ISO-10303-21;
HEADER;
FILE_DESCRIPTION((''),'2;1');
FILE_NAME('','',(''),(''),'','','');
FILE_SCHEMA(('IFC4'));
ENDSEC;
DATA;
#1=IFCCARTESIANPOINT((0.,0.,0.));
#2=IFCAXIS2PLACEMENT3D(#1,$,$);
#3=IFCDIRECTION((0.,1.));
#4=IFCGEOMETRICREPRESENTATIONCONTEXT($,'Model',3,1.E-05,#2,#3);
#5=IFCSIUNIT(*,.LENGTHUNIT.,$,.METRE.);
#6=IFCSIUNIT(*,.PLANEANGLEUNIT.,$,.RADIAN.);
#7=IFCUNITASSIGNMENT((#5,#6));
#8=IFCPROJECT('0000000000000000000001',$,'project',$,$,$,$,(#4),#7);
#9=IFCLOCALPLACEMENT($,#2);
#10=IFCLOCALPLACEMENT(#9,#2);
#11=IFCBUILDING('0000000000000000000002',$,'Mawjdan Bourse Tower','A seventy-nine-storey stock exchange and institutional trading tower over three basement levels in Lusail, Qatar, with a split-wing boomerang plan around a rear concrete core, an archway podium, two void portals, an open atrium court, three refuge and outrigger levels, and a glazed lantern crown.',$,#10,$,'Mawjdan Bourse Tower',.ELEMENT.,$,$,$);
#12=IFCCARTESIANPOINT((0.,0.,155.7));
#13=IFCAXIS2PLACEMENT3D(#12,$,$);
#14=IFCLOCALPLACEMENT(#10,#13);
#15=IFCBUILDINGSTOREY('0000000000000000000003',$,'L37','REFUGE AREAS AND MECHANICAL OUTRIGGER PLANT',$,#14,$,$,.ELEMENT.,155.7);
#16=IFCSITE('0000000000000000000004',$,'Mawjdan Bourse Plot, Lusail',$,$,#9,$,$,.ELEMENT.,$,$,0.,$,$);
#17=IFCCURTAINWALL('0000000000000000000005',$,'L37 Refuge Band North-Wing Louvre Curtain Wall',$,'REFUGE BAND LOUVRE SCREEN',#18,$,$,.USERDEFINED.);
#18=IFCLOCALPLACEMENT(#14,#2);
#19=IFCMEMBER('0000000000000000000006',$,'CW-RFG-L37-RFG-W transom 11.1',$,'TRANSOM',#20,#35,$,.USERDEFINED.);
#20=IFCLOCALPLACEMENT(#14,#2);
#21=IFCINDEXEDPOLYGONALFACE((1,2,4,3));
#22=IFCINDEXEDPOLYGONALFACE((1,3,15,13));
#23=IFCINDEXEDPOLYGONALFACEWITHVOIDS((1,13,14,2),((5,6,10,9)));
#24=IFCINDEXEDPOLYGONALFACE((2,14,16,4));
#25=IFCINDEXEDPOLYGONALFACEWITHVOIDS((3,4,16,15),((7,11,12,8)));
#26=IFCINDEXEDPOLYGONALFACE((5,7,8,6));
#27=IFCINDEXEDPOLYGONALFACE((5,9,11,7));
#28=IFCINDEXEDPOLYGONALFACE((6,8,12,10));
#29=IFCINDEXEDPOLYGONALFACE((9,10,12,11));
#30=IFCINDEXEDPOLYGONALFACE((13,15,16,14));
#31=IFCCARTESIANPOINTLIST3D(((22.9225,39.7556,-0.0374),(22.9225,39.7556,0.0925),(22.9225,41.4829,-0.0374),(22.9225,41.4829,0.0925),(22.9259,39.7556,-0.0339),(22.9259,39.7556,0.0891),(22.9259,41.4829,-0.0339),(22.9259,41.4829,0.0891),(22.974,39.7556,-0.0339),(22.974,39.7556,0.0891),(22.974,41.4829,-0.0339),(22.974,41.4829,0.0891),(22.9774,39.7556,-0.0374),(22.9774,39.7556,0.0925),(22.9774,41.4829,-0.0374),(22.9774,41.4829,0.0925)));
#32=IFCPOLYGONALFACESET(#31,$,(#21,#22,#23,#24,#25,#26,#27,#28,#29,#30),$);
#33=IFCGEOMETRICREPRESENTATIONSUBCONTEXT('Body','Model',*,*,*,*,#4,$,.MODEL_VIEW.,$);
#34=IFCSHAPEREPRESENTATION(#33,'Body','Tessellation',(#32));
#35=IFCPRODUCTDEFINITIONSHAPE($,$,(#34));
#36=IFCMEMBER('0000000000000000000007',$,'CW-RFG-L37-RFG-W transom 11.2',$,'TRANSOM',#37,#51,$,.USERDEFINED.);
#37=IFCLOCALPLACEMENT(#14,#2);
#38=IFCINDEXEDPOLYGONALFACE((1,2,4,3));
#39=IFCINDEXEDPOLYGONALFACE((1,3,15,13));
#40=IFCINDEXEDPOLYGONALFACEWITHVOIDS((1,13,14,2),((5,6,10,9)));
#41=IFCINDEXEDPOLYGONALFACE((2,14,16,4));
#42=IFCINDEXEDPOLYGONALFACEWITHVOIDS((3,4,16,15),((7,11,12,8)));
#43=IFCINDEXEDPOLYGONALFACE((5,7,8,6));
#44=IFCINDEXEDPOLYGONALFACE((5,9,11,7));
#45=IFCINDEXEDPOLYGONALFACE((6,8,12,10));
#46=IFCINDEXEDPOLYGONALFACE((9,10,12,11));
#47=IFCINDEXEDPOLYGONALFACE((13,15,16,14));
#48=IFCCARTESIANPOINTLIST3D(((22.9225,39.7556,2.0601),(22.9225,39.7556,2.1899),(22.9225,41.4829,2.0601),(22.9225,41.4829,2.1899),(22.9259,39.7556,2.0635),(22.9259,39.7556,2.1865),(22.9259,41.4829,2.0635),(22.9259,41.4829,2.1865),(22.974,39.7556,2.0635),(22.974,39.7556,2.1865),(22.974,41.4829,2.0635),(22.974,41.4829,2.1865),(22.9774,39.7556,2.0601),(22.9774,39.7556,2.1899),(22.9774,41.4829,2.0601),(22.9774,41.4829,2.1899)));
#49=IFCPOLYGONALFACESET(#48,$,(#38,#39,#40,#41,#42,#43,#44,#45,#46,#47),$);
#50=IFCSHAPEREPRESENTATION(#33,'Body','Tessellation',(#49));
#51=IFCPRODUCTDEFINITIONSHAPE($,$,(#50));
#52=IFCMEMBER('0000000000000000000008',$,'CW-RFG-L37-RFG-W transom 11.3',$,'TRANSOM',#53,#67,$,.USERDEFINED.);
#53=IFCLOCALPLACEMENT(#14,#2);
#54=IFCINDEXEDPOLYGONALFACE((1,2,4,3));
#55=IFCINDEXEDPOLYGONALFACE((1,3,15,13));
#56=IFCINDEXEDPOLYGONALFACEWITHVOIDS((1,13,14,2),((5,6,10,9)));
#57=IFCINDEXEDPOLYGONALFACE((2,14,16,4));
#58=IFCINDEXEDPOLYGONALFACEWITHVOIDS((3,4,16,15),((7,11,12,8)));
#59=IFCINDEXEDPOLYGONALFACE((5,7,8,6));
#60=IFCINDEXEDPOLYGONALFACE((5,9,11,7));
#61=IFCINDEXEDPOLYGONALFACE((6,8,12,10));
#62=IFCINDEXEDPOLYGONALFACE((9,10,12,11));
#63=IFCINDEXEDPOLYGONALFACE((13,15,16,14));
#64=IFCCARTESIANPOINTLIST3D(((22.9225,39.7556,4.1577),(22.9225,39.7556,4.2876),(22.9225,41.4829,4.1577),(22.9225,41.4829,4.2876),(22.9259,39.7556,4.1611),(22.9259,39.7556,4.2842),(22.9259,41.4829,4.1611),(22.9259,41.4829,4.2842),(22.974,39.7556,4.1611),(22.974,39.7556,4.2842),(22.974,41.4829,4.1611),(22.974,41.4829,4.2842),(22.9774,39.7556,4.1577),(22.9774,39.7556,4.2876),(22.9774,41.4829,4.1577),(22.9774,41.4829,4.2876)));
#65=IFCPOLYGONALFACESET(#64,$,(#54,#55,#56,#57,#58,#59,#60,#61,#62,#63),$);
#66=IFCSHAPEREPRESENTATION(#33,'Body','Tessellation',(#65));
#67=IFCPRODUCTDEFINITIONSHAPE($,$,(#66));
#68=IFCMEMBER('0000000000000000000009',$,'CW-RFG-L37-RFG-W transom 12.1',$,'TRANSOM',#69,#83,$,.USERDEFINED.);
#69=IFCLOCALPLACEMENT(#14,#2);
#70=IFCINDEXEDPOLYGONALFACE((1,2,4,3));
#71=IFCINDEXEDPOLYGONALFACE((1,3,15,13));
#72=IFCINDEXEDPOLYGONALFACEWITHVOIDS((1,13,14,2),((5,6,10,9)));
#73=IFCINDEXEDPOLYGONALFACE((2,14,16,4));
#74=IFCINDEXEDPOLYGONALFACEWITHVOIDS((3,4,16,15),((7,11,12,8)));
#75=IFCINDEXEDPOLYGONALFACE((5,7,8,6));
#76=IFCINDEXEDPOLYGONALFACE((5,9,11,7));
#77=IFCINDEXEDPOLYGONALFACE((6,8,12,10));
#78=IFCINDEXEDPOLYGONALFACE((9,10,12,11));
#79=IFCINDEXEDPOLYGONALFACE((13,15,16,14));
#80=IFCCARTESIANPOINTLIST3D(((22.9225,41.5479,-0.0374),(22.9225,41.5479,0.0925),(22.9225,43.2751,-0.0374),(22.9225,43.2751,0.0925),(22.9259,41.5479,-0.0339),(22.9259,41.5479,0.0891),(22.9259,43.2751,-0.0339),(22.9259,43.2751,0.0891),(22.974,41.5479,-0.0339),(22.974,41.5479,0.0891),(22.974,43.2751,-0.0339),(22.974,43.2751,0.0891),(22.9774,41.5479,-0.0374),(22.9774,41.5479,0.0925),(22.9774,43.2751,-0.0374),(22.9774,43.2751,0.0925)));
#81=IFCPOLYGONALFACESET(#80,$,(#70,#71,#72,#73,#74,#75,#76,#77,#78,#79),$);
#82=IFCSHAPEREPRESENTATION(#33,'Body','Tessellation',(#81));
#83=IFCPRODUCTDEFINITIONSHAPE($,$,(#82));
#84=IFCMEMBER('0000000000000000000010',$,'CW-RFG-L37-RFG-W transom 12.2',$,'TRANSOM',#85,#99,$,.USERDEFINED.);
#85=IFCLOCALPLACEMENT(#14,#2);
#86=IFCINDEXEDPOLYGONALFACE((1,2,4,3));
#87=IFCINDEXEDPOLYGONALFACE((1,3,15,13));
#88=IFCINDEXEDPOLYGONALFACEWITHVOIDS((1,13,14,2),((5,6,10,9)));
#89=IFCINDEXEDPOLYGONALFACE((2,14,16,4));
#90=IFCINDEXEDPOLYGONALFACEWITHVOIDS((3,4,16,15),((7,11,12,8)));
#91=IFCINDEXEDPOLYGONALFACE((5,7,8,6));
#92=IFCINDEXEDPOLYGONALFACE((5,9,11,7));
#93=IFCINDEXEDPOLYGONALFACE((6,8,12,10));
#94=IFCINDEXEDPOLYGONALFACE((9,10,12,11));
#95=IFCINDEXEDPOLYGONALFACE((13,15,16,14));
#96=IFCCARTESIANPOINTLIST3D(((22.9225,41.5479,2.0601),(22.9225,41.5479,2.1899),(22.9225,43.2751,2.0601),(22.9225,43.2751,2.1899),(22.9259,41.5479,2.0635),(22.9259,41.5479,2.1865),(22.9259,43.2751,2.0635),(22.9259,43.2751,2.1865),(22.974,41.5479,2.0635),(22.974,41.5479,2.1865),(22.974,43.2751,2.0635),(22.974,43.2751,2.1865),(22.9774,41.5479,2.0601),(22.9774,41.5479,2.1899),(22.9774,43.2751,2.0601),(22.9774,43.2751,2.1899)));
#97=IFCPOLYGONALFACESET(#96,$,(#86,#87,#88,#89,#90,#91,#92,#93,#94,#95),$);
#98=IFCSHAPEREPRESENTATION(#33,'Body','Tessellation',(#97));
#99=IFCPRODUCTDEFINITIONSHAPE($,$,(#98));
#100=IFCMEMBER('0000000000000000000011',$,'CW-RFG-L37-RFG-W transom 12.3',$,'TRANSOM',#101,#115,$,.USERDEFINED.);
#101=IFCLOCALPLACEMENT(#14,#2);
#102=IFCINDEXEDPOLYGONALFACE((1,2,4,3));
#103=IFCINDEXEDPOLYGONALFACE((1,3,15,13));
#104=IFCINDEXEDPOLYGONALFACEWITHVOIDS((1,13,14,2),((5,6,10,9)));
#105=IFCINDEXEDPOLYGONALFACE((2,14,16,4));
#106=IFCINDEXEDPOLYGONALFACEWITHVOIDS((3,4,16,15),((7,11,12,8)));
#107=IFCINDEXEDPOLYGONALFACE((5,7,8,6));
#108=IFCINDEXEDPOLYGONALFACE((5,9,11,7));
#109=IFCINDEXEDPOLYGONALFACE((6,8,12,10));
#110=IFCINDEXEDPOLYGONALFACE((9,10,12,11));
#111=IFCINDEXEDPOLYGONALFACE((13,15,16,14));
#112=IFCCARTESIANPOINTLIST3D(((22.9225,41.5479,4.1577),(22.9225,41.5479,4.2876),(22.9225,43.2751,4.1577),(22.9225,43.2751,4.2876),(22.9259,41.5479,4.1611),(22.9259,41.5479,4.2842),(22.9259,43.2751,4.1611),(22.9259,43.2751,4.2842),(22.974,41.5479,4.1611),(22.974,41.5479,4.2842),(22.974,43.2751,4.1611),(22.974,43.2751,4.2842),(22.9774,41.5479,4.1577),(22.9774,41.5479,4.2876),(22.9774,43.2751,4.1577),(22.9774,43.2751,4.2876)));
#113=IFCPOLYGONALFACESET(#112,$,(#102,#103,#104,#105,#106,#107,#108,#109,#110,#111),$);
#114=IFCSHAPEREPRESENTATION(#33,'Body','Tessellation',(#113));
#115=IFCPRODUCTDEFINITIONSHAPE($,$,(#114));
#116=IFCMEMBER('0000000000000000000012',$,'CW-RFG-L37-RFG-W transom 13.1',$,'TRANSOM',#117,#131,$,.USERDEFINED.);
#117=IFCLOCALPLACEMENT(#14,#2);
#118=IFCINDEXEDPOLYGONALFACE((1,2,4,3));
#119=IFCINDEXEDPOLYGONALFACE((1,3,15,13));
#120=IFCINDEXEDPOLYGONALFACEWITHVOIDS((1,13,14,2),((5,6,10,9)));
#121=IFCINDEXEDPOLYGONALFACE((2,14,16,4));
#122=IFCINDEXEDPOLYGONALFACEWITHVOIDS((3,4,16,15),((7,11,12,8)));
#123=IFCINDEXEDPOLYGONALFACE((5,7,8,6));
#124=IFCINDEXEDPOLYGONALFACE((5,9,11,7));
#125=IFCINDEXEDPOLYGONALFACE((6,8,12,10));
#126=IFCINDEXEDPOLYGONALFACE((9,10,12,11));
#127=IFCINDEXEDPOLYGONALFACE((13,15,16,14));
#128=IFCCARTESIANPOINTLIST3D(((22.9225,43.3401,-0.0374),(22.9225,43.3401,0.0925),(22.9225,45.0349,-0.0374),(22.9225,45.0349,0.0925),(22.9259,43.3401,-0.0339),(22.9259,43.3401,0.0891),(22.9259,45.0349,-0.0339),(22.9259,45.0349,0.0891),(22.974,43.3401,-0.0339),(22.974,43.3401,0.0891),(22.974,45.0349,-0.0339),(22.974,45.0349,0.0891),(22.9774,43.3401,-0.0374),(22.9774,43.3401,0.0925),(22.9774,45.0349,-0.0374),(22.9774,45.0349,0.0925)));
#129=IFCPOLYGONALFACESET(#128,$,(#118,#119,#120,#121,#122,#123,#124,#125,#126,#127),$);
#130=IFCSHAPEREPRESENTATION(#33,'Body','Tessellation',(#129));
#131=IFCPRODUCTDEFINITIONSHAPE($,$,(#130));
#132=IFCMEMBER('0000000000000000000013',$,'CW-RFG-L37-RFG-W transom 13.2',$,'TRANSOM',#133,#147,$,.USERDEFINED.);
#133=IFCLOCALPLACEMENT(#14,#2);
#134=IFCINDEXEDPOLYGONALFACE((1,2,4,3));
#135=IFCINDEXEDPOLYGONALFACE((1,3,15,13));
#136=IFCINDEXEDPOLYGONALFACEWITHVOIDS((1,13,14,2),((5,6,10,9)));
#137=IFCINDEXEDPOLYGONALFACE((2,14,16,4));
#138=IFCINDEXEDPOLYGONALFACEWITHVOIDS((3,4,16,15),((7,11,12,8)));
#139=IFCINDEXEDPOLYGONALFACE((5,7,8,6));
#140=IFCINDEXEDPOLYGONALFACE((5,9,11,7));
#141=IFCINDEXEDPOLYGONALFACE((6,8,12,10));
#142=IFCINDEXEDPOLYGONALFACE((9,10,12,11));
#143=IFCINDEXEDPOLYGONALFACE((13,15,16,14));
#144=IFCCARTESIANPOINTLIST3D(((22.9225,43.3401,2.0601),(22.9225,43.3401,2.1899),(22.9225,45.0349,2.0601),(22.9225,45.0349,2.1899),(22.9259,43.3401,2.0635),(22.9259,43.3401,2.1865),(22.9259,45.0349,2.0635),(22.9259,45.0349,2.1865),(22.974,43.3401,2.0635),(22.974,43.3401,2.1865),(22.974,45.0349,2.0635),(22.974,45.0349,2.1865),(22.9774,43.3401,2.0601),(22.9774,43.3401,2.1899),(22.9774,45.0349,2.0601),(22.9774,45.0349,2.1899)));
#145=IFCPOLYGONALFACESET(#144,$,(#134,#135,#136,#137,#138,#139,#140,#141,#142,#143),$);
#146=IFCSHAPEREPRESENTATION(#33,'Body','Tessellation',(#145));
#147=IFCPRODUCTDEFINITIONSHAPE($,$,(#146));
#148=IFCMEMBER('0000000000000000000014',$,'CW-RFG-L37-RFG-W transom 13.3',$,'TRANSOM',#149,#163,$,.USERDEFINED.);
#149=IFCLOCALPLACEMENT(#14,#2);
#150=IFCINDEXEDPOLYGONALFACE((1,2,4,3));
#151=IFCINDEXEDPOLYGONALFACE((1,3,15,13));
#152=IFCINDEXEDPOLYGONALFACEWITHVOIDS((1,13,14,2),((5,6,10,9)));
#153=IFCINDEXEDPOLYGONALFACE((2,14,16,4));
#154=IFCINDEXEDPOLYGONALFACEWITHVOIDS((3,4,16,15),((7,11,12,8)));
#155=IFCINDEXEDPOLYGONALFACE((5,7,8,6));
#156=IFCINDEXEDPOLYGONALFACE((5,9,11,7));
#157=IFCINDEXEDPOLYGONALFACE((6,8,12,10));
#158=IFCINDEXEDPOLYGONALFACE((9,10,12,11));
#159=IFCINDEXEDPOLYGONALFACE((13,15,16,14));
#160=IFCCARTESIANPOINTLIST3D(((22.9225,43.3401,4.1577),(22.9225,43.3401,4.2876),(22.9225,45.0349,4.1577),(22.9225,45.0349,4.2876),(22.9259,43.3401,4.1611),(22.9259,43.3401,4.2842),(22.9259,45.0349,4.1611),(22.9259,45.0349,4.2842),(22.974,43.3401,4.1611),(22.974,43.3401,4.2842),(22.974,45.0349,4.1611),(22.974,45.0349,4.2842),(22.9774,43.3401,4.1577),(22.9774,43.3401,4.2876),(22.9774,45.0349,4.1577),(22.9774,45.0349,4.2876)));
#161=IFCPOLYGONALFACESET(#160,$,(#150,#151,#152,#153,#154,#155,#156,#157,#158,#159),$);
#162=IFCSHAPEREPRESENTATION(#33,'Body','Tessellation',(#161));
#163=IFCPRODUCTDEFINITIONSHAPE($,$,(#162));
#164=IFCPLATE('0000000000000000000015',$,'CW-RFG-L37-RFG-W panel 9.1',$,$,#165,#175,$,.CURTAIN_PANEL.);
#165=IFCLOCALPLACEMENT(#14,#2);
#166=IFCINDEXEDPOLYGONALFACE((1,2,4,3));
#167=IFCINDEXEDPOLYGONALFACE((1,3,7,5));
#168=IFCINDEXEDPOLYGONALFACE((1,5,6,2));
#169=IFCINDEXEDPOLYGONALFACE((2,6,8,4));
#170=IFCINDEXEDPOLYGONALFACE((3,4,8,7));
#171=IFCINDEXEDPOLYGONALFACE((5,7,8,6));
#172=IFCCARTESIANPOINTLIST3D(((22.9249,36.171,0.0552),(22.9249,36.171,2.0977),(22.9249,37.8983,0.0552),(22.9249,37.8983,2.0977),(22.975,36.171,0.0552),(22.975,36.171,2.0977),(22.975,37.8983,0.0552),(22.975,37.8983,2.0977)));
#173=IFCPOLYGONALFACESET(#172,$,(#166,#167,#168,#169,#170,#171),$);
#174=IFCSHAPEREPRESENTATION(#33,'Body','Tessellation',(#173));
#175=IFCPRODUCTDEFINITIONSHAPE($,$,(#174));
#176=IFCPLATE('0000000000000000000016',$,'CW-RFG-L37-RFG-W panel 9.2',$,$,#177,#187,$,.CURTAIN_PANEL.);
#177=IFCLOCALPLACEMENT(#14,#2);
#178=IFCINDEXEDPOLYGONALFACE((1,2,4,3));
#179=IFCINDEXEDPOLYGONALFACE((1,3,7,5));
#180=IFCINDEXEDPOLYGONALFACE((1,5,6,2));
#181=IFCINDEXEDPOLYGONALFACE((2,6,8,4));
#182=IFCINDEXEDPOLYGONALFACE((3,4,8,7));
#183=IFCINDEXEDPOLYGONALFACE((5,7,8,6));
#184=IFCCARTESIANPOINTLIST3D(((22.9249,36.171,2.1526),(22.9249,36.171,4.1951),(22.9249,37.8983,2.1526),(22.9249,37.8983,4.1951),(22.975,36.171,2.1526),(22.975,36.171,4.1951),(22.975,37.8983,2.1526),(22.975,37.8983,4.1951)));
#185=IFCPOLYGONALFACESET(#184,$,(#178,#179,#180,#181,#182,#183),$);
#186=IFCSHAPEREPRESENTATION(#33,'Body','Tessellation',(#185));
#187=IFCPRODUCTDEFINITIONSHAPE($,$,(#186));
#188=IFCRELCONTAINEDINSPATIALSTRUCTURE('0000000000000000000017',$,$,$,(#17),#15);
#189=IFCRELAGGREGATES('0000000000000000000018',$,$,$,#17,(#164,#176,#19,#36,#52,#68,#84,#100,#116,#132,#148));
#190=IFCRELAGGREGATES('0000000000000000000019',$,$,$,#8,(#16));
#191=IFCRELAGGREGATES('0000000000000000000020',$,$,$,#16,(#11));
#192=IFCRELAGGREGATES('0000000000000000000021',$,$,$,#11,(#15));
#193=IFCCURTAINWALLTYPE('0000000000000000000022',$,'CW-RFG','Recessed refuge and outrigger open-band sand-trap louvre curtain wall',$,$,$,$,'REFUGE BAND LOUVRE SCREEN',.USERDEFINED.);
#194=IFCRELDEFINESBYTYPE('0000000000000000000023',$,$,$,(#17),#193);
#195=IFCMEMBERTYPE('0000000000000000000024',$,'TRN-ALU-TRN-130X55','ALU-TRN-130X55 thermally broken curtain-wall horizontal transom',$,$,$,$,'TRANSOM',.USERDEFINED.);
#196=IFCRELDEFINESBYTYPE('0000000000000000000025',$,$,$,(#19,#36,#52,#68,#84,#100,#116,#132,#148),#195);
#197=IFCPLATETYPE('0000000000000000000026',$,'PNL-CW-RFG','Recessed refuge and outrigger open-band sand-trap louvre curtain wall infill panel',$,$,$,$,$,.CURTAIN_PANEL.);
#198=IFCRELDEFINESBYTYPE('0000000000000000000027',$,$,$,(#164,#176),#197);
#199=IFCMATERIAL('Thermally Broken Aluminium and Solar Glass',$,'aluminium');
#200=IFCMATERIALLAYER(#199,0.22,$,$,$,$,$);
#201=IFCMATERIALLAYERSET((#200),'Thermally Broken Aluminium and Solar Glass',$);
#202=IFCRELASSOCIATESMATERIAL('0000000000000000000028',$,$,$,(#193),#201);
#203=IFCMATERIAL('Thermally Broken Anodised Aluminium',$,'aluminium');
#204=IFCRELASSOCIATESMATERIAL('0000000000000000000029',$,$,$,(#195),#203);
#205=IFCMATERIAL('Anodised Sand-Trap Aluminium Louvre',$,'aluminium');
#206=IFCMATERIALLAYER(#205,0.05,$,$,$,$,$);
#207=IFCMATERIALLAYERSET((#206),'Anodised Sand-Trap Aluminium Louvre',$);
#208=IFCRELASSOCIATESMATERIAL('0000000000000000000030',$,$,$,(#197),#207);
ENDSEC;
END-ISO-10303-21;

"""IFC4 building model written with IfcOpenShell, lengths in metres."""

from ifc_helpers import new_model, si_unit, direction, frame, origin, origin_2d, place, context, subcontext, project, spatial, rectangle, hollow_rectangle, extrude, material, layer, layer_set, material_profile, profile_set, type_object, element, aggregate, save


model = new_model("IFC4")

# Units and contexts
model_context = context("Model", 3, precision=1e-05, world=origin(), true_north=direction((0.0, 1.0)))
body_context = subcontext(model_context, "Body", "Model", "MODEL_VIEW")
ifc_project = project(units=[si_unit("LENGTHUNIT", "METRE"), si_unit("PLANEANGLEUNIT", "RADIAN")], contexts=[model_context])

# Site, building, storey
site_placement = place(None, origin())
site = spatial("IfcSite", under=ifc_project, at=site_placement, Name="Mawjdan Bourse Plot, Lusail", CompositionType="ELEMENT", RefElevation=0.0)
building_placement = place(site_placement, origin())
building = spatial("IfcBuilding", under=site, at=building_placement, Name="Mawjdan Bourse Tower", Description="A seventy-nine-storey stock exchange and institutional trading tower over three basement levels in Lusail, Qatar, with a split-wing boomerang plan around a rear concrete core, an archway podium, two void portals, an open atrium court, three refuge and outrigger levels, and a glazed lantern crown.", LongName="Mawjdan Bourse Tower", CompositionType="ELEMENT")
storey_placement = place(building_placement, frame((0.0, 0.0, 155.7)))
storey = spatial("IfcBuildingStorey", under=building, at=storey_placement, Name="L37", Description="REFUGE AREAS AND MECHANICAL OUTRIGGER PLANT", CompositionType="ELEMENT", Elevation=155.7)

# Curtain wall
ifc_material_1 = material(Name="Thermally Broken Aluminium and Solar Glass", Category="aluminium")
ifc_layer_1 = layer(ifc_material_1, 0.22)
ifc_layer_set_1 = layer_set([ifc_layer_1], Name="Thermally Broken Aluminium and Solar Glass")
curtain_wall_type = type_object("IfcCurtainWallType", Name="CW-RFG", Description="Recessed refuge and outrigger open-band sand-trap louvre curtain wall", ElementType="REFUGE BAND LOUVRE SCREEN", PredefinedType="USERDEFINED", material=ifc_layer_set_1)
curtain_wall_placement = place(storey_placement, origin())
curtain_wall = element("IfcCurtainWall", 1, at=curtain_wall_placement, inside=storey, type_object=curtain_wall_type, Name="L37 Refuge Band North-Wing Louvre Curtain Wall", ObjectType="REFUGE BAND LOUVRE SCREEN", PredefinedType="USERDEFINED")
ifc_material_2 = material(Name="Thermally Broken Anodised Aluminium", Category="aluminium")

# Members
ifc_material_profile_1 = material_profile(ifc_material_2, hollow_rectangle(XDim=0.0549, YDim=0.1299, WallThickness=0.0034, at=origin_2d()), Name="ALU-TRN-130X55")
ifc_profile_set_1 = profile_set([ifc_material_profile_1], Name="Thermally Broken Anodised Aluminium")
member_type_1 = type_object("IfcMemberType", Name="TRN-ALU-TRN-130X55", Description="ALU-TRN-130X55 thermally broken curtain-wall horizontal transom", ElementType="TRANSOM", PredefinedType="USERDEFINED", material=ifc_profile_set_1)
member_1_placement = place(storey_placement, frame((22.95, 39.7556, 0.0276), z_axis=(0.0, 1.0, 0.0), x_axis=(-1.0, 0.0, 0.0)))
member_1 = element("IfcMember", 2, at=member_1_placement, type_object=member_type_1, Name="CW-RFG-L37-RFG-W transom 11.1", ObjectType="TRANSOM", PredefinedType="USERDEFINED", context=body_context, shape_type="SweptSolid", body=[
    extrude(hollow_rectangle(XDim=0.0549, YDim=0.1299, WallThickness=0.0034, at=origin_2d()), origin(), (0.0, 0.0, 1.0), 1.7273),
])
member_2_placement = place(storey_placement, frame((22.95, 39.7556, 2.125), z_axis=(0.0, 1.0, 0.0), x_axis=(-1.0, 0.0, 0.0)))
member_2 = element("IfcMember", 3, at=member_2_placement, type_object=member_type_1, Name="CW-RFG-L37-RFG-W transom 11.2", ObjectType="TRANSOM", PredefinedType="USERDEFINED", context=body_context, shape_type="SweptSolid", body=[
    extrude(hollow_rectangle(XDim=0.0549, YDim=0.1299, WallThickness=0.0034, at=origin_2d()), origin(), (0.0, 0.0, 1.0), 1.7273),
])
member_3_placement = place(storey_placement, frame((22.95, 39.7556, 4.2227), z_axis=(0.0, 1.0, 0.0), x_axis=(-1.0, 0.0, 0.0)))
member_3 = element("IfcMember", 4, at=member_3_placement, type_object=member_type_1, Name="CW-RFG-L37-RFG-W transom 11.3", ObjectType="TRANSOM", PredefinedType="USERDEFINED", context=body_context, shape_type="SweptSolid", body=[
    extrude(hollow_rectangle(XDim=0.0549, YDim=0.1299, WallThickness=0.0034, at=origin_2d()), origin(), (0.0, 0.0, 1.0), 1.7273),
])
member_4_placement = place(storey_placement, frame((22.95, 41.5479, 0.0276), z_axis=(0.0, 1.0, 0.0), x_axis=(-1.0, 0.0, 0.0)))
member_4 = element("IfcMember", 5, at=member_4_placement, type_object=member_type_1, Name="CW-RFG-L37-RFG-W transom 12.1", ObjectType="TRANSOM", PredefinedType="USERDEFINED", context=body_context, shape_type="SweptSolid", body=[
    extrude(hollow_rectangle(XDim=0.0549, YDim=0.1299, WallThickness=0.0034, at=origin_2d()), origin(), (0.0, 0.0, 1.0), 1.7273),
])
member_5_placement = place(storey_placement, frame((22.95, 41.5479, 2.125), z_axis=(0.0, 1.0, 0.0), x_axis=(-1.0, 0.0, 0.0)))
member_5 = element("IfcMember", 6, at=member_5_placement, type_object=member_type_1, Name="CW-RFG-L37-RFG-W transom 12.2", ObjectType="TRANSOM", PredefinedType="USERDEFINED", context=body_context, shape_type="SweptSolid", body=[
    extrude(hollow_rectangle(XDim=0.0549, YDim=0.1299, WallThickness=0.0034, at=origin_2d()), origin(), (0.0, 0.0, 1.0), 1.7273),
])
member_6_placement = place(storey_placement, frame((22.95, 41.5479, 4.2227), z_axis=(0.0, 1.0, 0.0), x_axis=(-1.0, 0.0, 0.0)))
member_6 = element("IfcMember", 7, at=member_6_placement, type_object=member_type_1, Name="CW-RFG-L37-RFG-W transom 12.3", ObjectType="TRANSOM", PredefinedType="USERDEFINED", context=body_context, shape_type="SweptSolid", body=[
    extrude(hollow_rectangle(XDim=0.0549, YDim=0.1299, WallThickness=0.0034, at=origin_2d()), origin(), (0.0, 0.0, 1.0), 1.7273),
])
member_7_placement = place(storey_placement, frame((22.95, 43.3401, 0.0276), z_axis=(0.0, 1.0, 0.0), x_axis=(-1.0, 0.0, 0.0)))
member_7 = element("IfcMember", 8, at=member_7_placement, type_object=member_type_1, Name="CW-RFG-L37-RFG-W transom 13.1", ObjectType="TRANSOM", PredefinedType="USERDEFINED", context=body_context, shape_type="SweptSolid", body=[
    extrude(hollow_rectangle(XDim=0.0549, YDim=0.1299, WallThickness=0.0034, at=origin_2d()), origin(), (0.0, 0.0, 1.0), 1.6948),
])
member_8_placement = place(storey_placement, frame((22.95, 43.3401, 2.125), z_axis=(0.0, 1.0, 0.0), x_axis=(-1.0, 0.0, 0.0)))
member_8 = element("IfcMember", 9, at=member_8_placement, type_object=member_type_1, Name="CW-RFG-L37-RFG-W transom 13.2", ObjectType="TRANSOM", PredefinedType="USERDEFINED", context=body_context, shape_type="SweptSolid", body=[
    extrude(hollow_rectangle(XDim=0.0549, YDim=0.1299, WallThickness=0.0034, at=origin_2d()), origin(), (0.0, 0.0, 1.0), 1.6948),
])
member_9_placement = place(storey_placement, frame((22.95, 43.3401, 4.2227), z_axis=(0.0, 1.0, 0.0), x_axis=(-1.0, 0.0, 0.0)))
member_9 = element("IfcMember", 10, at=member_9_placement, type_object=member_type_1, Name="CW-RFG-L37-RFG-W transom 13.3", ObjectType="TRANSOM", PredefinedType="USERDEFINED", context=body_context, shape_type="SweptSolid", body=[
    extrude(hollow_rectangle(XDim=0.0549, YDim=0.1299, WallThickness=0.0034, at=origin_2d()), origin(), (0.0, 0.0, 1.0), 1.6948),
])

# Plates
ifc_material_3 = material(Name="Anodised Sand-Trap Aluminium Louvre", Category="aluminium")
ifc_layer_2 = layer(ifc_material_3, 0.05)
ifc_layer_set_2 = layer_set([ifc_layer_2], Name="Anodised Sand-Trap Aluminium Louvre")
plate_type = type_object("IfcPlateType", Name="PNL-CW-RFG", Description="Recessed refuge and outrigger open-band sand-trap louvre curtain wall infill panel", PredefinedType="CURTAIN_PANEL", material=ifc_layer_set_2)
plate_1_placement = place(storey_placement, frame((22.95, 37.0347, 0.0552), z_axis=(0.0, 0.0, 1.0), x_axis=(0.0, 1.0, 0.0)))
plate_1 = element("IfcPlate", 11, at=plate_1_placement, type_object=plate_type, Name="CW-RFG-L37-RFG-W panel 9.1", PredefinedType="CURTAIN_PANEL", context=body_context, shape_type="SweptSolid", body=[
    extrude(rectangle(XDim=1.7273, YDim=0.05, at=origin_2d()), origin(), (0.0, 0.0, 1.0), 2.0425),
])
plate_2_placement = place(storey_placement, frame((22.95, 37.0347, 2.1526), z_axis=(0.0, 0.0, 1.0), x_axis=(0.0, 1.0, 0.0)))
plate_2 = element("IfcPlate", 12, at=plate_2_placement, type_object=plate_type, Name="CW-RFG-L37-RFG-W panel 9.2", PredefinedType="CURTAIN_PANEL", context=body_context, shape_type="SweptSolid", body=[
    extrude(rectangle(XDim=1.7273, YDim=0.05, at=origin_2d()), origin(), (0.0, 0.0, 1.0), 2.0425),
])
aggregate(curtain_wall, [plate_1, plate_2, member_1, member_2, member_3, member_4, member_5, member_6, member_7, member_8, member_9])

save(model, "model.ifc")
